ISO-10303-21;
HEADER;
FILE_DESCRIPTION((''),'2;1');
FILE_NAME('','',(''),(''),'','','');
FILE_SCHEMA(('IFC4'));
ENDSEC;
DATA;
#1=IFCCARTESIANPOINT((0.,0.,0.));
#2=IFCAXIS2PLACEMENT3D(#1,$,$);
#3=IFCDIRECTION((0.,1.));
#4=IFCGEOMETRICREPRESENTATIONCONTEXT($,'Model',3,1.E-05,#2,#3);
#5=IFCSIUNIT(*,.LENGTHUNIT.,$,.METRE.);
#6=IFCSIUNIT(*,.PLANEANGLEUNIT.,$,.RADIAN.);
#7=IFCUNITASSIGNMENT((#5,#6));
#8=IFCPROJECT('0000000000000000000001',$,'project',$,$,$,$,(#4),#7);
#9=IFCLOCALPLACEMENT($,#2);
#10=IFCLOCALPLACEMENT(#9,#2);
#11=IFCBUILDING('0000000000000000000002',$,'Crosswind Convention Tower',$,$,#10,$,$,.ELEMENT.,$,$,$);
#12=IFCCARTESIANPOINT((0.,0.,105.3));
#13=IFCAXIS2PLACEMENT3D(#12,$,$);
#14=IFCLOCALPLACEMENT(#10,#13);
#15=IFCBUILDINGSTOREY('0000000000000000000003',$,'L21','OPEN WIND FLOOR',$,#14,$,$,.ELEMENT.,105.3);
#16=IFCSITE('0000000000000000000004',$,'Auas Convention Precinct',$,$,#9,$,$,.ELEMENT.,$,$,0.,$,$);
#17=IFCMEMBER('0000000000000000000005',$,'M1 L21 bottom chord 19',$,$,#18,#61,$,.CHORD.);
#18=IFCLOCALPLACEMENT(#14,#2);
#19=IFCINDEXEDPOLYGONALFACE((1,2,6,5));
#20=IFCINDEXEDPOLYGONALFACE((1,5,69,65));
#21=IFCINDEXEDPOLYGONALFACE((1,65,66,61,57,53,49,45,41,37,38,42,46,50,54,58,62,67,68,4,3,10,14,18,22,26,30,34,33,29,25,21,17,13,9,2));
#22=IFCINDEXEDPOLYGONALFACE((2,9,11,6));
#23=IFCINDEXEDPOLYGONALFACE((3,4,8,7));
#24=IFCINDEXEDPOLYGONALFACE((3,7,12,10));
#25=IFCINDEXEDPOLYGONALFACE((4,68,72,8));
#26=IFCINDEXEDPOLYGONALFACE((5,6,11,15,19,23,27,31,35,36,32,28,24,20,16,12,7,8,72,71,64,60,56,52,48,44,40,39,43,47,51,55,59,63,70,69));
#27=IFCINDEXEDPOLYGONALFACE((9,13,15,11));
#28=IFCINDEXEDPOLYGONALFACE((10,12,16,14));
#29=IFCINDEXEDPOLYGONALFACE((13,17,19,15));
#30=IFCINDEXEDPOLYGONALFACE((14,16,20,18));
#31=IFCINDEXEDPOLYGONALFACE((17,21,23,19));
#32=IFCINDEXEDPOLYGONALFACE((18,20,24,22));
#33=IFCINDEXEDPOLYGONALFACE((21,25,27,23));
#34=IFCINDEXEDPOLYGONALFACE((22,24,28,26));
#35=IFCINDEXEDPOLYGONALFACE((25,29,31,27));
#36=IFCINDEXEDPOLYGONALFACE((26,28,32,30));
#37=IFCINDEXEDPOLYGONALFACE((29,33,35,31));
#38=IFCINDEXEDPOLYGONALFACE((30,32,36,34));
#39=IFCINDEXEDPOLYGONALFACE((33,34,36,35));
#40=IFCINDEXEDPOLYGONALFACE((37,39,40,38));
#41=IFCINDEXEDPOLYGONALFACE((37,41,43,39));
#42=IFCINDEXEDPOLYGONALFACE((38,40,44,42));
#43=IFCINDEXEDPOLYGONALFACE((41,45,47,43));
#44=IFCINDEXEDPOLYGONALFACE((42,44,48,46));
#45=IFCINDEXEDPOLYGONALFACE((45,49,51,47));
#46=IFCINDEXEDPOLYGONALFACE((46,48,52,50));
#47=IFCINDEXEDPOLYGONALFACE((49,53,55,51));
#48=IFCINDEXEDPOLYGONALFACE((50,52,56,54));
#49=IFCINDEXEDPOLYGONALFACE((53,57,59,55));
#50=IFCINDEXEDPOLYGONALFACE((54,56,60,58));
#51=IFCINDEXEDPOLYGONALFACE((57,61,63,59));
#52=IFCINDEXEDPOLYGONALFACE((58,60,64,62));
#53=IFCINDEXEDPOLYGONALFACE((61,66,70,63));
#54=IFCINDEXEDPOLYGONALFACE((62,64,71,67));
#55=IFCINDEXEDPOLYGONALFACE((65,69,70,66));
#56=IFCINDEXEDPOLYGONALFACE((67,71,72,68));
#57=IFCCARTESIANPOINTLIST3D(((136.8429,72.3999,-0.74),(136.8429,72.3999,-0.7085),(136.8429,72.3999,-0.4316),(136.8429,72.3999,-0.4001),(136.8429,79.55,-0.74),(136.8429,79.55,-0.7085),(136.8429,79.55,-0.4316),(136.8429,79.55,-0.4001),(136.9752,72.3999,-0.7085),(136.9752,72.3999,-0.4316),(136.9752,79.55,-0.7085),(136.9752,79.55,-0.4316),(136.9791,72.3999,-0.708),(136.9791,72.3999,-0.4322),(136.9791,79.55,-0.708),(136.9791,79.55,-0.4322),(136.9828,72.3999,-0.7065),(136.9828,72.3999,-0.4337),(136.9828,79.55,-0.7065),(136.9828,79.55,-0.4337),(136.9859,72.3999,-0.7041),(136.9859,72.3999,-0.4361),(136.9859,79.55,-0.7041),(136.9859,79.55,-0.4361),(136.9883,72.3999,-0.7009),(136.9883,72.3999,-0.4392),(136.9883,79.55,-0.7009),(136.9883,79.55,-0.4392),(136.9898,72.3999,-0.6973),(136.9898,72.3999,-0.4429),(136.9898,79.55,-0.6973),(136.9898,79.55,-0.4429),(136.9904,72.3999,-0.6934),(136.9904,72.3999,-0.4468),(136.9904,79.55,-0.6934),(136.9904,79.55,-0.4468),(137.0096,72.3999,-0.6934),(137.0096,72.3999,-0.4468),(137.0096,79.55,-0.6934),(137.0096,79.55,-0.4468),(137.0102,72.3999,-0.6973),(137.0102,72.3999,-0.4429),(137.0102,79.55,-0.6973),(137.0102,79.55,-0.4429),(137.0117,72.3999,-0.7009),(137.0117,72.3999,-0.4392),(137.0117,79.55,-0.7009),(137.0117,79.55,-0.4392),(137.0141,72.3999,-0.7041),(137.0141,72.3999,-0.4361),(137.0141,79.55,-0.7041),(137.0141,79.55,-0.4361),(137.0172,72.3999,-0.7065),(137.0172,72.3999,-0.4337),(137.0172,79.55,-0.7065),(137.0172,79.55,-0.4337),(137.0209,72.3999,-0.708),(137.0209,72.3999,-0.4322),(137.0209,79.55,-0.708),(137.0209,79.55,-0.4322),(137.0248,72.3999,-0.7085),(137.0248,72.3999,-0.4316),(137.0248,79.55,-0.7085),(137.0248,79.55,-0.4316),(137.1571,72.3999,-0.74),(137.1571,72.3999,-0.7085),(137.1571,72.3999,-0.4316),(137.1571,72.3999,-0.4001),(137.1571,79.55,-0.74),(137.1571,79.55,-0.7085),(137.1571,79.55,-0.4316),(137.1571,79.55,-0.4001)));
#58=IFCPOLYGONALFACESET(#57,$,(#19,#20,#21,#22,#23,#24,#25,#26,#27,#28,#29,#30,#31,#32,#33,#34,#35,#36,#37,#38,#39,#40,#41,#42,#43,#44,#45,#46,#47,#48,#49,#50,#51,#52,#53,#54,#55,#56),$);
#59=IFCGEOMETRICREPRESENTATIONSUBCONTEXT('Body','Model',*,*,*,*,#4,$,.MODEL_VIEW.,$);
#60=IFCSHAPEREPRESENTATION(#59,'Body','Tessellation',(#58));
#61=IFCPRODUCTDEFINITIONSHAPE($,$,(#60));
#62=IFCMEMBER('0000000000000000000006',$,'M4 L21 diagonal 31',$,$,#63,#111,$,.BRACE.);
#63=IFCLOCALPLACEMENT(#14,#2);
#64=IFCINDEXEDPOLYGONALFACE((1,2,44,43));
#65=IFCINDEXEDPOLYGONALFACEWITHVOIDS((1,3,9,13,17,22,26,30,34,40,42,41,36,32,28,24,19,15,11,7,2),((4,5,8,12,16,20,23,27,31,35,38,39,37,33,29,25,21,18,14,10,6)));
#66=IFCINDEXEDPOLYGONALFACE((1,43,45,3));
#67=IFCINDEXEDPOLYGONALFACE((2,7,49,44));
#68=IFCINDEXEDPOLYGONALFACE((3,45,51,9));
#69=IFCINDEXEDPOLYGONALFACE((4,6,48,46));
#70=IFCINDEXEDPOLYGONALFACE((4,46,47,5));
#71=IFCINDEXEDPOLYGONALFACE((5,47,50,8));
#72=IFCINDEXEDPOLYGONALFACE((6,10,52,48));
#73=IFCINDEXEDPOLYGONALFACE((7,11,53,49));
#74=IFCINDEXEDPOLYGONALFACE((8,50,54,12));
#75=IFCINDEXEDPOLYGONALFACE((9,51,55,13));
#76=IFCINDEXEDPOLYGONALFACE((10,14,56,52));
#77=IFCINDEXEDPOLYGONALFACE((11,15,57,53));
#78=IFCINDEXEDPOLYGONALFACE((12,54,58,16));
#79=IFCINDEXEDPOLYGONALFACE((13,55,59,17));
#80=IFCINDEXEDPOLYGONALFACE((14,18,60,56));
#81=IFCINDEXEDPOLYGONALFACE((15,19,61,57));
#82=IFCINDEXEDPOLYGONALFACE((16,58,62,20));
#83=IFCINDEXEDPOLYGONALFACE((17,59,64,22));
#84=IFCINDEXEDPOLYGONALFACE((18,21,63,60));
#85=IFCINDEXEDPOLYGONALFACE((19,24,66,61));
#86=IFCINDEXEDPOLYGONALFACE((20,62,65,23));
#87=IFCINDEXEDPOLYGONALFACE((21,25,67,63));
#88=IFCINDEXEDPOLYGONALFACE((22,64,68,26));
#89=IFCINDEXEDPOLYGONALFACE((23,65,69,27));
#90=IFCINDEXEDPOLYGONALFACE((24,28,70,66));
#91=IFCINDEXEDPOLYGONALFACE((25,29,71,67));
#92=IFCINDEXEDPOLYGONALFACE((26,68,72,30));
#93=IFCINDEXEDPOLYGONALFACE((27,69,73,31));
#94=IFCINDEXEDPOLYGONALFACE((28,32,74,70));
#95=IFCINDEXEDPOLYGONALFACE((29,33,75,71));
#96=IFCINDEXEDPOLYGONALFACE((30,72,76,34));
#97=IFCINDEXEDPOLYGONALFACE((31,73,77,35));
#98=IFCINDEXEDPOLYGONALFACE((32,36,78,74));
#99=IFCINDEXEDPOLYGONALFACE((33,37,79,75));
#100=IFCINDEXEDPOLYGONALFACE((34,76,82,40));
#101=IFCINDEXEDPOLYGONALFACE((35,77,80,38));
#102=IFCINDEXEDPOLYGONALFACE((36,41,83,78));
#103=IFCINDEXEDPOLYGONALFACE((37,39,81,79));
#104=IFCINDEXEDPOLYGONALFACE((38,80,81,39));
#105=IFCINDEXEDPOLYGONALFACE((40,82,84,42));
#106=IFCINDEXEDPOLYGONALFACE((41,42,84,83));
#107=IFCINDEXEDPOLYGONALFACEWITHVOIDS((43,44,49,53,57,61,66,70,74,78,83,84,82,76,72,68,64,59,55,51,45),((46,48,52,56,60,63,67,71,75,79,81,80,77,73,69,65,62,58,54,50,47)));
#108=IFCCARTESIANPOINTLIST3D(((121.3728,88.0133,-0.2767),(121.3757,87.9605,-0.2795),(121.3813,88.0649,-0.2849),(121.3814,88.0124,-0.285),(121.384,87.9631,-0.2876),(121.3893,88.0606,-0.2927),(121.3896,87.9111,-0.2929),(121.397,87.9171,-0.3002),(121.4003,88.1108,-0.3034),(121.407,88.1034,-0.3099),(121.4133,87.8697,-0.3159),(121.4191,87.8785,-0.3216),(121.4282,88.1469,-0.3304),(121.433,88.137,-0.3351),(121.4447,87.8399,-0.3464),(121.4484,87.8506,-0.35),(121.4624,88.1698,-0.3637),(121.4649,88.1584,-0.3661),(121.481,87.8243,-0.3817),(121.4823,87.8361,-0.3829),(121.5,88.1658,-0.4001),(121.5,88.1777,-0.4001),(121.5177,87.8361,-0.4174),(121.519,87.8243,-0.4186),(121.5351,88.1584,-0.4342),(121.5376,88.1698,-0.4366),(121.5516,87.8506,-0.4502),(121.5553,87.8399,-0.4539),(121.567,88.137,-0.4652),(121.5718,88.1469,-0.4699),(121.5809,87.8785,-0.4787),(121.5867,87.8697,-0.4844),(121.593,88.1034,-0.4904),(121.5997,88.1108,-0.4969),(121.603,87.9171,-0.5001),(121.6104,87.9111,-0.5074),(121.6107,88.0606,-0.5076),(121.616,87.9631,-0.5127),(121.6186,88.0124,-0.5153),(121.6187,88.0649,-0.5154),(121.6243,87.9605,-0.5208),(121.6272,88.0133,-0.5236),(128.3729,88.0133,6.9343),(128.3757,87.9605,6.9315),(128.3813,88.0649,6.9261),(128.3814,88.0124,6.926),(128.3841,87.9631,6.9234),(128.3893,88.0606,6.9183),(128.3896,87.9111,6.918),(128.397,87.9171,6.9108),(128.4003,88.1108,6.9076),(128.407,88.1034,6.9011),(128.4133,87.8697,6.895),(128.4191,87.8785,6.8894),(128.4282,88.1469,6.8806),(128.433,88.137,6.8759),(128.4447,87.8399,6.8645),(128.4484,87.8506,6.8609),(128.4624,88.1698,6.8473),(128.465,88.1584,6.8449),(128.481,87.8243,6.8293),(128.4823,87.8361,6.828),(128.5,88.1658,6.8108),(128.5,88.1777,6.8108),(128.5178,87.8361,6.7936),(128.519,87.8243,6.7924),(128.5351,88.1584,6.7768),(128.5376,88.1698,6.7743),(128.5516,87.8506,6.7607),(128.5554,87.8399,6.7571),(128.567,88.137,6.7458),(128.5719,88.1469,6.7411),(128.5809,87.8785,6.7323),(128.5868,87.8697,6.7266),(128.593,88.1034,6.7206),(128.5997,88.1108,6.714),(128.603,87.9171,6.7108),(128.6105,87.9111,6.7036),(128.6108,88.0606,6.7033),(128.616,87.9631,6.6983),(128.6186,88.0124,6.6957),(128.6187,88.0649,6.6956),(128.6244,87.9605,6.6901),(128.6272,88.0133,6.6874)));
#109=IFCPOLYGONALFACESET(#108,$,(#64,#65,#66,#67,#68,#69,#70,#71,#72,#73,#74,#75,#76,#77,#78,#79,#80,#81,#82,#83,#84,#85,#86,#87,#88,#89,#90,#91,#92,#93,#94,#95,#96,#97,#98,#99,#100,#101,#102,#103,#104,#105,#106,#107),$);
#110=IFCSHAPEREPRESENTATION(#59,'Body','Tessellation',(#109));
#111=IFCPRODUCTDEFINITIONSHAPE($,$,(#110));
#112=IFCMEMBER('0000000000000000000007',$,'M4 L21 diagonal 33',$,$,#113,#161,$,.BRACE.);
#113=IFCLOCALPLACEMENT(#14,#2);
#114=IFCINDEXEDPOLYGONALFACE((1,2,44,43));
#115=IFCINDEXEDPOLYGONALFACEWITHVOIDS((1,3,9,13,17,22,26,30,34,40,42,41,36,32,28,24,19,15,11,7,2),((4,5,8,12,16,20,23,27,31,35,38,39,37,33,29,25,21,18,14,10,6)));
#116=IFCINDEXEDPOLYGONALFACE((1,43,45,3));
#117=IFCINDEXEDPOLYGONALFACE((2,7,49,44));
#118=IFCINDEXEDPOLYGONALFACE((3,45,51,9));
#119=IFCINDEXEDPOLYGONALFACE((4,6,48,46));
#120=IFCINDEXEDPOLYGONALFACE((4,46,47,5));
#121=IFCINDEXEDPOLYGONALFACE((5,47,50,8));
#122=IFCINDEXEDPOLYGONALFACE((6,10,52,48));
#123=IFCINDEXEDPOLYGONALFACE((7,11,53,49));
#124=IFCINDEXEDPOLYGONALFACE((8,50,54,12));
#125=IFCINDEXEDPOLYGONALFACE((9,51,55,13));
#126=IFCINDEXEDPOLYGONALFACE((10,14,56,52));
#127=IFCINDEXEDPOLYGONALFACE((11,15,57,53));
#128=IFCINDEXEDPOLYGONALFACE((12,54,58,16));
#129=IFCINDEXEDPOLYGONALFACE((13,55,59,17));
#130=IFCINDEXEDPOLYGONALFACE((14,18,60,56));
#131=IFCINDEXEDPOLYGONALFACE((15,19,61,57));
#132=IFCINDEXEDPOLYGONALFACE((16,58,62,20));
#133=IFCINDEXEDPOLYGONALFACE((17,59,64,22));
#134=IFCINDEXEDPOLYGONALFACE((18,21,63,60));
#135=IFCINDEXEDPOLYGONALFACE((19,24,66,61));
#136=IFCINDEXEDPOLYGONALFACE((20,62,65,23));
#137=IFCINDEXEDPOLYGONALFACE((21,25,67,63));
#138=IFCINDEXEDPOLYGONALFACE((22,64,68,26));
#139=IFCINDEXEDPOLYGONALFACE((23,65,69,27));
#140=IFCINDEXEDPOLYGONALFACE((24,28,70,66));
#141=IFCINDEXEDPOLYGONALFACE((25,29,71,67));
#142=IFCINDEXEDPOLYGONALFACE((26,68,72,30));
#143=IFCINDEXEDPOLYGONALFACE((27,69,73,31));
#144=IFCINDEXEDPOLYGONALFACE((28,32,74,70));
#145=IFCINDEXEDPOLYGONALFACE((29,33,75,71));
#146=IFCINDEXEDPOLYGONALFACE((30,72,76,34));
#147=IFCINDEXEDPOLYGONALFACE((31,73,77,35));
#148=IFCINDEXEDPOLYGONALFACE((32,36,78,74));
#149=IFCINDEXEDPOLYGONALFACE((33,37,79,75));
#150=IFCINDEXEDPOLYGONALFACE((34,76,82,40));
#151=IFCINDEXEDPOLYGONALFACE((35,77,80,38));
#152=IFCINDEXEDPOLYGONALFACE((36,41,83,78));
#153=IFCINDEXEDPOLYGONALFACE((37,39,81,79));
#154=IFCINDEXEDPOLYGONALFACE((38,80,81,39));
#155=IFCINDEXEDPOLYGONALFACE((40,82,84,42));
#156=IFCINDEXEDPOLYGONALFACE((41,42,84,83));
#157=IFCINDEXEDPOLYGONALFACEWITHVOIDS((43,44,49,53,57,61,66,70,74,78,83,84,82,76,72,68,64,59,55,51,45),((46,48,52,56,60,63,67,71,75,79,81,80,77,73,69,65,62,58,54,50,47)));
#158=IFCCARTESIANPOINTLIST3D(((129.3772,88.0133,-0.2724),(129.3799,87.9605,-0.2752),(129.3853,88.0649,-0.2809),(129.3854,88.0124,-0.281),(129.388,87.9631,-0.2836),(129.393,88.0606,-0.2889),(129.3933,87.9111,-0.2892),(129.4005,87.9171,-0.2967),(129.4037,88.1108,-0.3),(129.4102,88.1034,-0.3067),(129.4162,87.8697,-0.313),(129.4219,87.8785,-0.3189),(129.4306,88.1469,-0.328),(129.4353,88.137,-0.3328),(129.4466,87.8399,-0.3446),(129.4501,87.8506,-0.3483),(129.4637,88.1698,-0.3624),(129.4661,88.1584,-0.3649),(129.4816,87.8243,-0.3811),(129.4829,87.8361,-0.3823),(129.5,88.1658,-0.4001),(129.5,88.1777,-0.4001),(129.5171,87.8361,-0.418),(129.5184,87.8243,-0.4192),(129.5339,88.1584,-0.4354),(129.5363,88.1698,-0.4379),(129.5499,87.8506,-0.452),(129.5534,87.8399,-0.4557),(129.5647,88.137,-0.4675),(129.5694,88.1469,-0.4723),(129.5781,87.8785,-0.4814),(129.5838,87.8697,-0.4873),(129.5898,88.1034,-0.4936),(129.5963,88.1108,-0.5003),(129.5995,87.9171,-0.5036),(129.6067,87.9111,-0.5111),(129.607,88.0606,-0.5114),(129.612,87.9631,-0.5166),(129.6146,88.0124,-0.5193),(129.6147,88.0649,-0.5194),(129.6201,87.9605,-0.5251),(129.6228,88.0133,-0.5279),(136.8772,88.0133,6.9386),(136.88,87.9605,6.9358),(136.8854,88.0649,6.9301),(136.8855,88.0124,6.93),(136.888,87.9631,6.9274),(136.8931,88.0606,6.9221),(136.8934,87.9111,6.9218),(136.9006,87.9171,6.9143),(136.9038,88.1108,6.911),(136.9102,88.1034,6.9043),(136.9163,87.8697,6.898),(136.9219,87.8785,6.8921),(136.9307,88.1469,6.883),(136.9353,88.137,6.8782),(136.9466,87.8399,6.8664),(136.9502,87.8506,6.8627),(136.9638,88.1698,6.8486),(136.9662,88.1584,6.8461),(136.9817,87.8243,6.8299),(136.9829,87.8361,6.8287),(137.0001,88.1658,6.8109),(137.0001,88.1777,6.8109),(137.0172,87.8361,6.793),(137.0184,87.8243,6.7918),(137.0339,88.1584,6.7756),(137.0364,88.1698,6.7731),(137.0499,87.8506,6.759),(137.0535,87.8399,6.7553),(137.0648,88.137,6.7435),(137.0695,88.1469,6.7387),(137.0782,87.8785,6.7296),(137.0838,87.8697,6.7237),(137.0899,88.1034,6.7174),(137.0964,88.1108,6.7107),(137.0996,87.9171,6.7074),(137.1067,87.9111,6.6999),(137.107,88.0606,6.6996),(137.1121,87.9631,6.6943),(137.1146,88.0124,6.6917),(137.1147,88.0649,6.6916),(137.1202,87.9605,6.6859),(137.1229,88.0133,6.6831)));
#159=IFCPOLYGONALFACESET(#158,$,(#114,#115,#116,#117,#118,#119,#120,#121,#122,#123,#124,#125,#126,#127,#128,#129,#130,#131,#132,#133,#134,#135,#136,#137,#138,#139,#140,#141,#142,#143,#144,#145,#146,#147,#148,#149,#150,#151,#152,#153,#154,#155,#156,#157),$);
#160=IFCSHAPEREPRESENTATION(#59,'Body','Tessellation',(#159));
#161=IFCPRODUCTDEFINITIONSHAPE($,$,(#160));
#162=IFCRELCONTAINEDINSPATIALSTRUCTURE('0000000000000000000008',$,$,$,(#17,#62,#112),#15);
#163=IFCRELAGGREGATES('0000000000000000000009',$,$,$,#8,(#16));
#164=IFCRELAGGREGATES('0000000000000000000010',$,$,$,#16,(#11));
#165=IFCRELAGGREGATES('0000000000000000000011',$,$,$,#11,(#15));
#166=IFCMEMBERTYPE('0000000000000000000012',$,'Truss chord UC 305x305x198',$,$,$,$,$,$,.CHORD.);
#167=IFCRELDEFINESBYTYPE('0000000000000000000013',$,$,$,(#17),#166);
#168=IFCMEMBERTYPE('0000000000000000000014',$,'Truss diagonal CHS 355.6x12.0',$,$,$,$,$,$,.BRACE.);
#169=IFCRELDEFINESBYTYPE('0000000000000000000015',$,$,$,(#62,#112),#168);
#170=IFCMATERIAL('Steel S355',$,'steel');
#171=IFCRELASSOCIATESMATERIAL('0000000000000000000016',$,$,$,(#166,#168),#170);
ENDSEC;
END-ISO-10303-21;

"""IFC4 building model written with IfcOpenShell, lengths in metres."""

from ifc_helpers import new_model, si_unit, direction, frame, origin, origin_2d, place, context, subcontext, project, spatial, hollow_circle, i_section, extrude, material, material_profile, profile_set, type_object, element, save


model = new_model("IFC4")

# Units and contexts
model_context = context("Model", 3, precision=1e-05, world=origin(), true_north=direction((0.0, 1.0)))
body_context = subcontext(model_context, "Body", "Model", "MODEL_VIEW")
ifc_project = project(units=[si_unit("LENGTHUNIT", "METRE"), si_unit("PLANEANGLEUNIT", "RADIAN")], contexts=[model_context])

# Site, building, storey
site_placement = place(None, origin())
site = spatial("IfcSite", under=ifc_project, at=site_placement, Name="Auas Convention Precinct", CompositionType="ELEMENT", RefElevation=0.0)
building_placement = place(site_placement, origin())
building = spatial("IfcBuilding", under=site, at=building_placement, Name="Crosswind Convention Tower", CompositionType="ELEMENT")
storey_placement = place(building_placement, frame((0.0, 0.0, 105.3)))
storey = spatial("IfcBuildingStorey", under=building, at=storey_placement, Name="L21", Description="OPEN WIND FLOOR", CompositionType="ELEMENT", Elevation=105.3)

# Shared definitions
ifc_material_1 = material(Name="Steel S355", Category="steel")

# Members
ifc_material_profile_1 = material_profile(ifc_material_1, i_section(OverallWidth=0.3142, OverallDepth=0.3398, WebThickness=0.0193, FlangeThickness=0.0315, FilletRadius=0.0151, at=origin_2d()), Name="UC 305x305x198")
ifc_profile_set_1 = profile_set([ifc_material_profile_1], Name="Steel S355")
member_type_1 = type_object("IfcMemberType", Name="Truss chord UC 305x305x198", PredefinedType="CHORD", material=ifc_profile_set_1)
member_1_placement = place(storey_placement, frame((137.0, 72.3999, -0.5701), z_axis=(0.0, 1.0, 0.0), x_axis=(-1.0, 0.0, 0.0)))
element("IfcMember", 1, at=member_1_placement, inside=storey, type_object=member_type_1, Name="M1 L21 bottom chord 19", PredefinedType="CHORD", context=body_context, shape_type="SweptSolid", body=[
    extrude(i_section(OverallWidth=0.3142, OverallDepth=0.3398, WebThickness=0.0193, FlangeThickness=0.0315, FilletRadius=0.0151, at=origin_2d()), origin(), (0.0, 0.0, 1.0), 7.1501),
])
ifc_material_profile_2 = material_profile(ifc_material_1, hollow_circle(Radius=0.1777, WallThickness=0.012, at=origin_2d()), Name="CHS 355.6x12.0")
ifc_profile_set_2 = profile_set([ifc_material_profile_2], Name="Steel S355")
member_type_2 = type_object("IfcMemberType", Name="Truss diagonal CHS 355.6x12.0", PredefinedType="BRACE", material=ifc_profile_set_2)
member_2_placement = place(storey_placement, frame((121.5, 88.0, -0.4001), z_axis=(0.696534, 0.0, 0.717524), x_axis=(0.0, 1.0, 0.0)))
element("IfcMember", 2, at=member_2_placement, inside=storey, type_object=member_type_2, Name="M4 L21 diagonal 31", PredefinedType="BRACE", context=body_context, shape_type="SweptSolid", body=[
    extrude(hollow_circle(Radius=0.1777, WallThickness=0.012, at=origin_2d()), origin(), (0.0, 0.0, 1.0), 10.0498),
])
member_3_placement = place(storey_placement, frame((129.5, 88.0, -0.4001), z_axis=(0.720862, 0.0, 0.693079), x_axis=(0.0, 1.0, 0.0)))
element("IfcMember", 3, at=member_3_placement, inside=storey, type_object=member_type_2, Name="M4 L21 diagonal 33", PredefinedType="BRACE", context=body_context, shape_type="SweptSolid", body=[
    extrude(hollow_circle(Radius=0.1777, WallThickness=0.012, at=origin_2d()), origin(), (0.0, 0.0, 1.0), 10.4043),
])

save(model, "model.ifc")
